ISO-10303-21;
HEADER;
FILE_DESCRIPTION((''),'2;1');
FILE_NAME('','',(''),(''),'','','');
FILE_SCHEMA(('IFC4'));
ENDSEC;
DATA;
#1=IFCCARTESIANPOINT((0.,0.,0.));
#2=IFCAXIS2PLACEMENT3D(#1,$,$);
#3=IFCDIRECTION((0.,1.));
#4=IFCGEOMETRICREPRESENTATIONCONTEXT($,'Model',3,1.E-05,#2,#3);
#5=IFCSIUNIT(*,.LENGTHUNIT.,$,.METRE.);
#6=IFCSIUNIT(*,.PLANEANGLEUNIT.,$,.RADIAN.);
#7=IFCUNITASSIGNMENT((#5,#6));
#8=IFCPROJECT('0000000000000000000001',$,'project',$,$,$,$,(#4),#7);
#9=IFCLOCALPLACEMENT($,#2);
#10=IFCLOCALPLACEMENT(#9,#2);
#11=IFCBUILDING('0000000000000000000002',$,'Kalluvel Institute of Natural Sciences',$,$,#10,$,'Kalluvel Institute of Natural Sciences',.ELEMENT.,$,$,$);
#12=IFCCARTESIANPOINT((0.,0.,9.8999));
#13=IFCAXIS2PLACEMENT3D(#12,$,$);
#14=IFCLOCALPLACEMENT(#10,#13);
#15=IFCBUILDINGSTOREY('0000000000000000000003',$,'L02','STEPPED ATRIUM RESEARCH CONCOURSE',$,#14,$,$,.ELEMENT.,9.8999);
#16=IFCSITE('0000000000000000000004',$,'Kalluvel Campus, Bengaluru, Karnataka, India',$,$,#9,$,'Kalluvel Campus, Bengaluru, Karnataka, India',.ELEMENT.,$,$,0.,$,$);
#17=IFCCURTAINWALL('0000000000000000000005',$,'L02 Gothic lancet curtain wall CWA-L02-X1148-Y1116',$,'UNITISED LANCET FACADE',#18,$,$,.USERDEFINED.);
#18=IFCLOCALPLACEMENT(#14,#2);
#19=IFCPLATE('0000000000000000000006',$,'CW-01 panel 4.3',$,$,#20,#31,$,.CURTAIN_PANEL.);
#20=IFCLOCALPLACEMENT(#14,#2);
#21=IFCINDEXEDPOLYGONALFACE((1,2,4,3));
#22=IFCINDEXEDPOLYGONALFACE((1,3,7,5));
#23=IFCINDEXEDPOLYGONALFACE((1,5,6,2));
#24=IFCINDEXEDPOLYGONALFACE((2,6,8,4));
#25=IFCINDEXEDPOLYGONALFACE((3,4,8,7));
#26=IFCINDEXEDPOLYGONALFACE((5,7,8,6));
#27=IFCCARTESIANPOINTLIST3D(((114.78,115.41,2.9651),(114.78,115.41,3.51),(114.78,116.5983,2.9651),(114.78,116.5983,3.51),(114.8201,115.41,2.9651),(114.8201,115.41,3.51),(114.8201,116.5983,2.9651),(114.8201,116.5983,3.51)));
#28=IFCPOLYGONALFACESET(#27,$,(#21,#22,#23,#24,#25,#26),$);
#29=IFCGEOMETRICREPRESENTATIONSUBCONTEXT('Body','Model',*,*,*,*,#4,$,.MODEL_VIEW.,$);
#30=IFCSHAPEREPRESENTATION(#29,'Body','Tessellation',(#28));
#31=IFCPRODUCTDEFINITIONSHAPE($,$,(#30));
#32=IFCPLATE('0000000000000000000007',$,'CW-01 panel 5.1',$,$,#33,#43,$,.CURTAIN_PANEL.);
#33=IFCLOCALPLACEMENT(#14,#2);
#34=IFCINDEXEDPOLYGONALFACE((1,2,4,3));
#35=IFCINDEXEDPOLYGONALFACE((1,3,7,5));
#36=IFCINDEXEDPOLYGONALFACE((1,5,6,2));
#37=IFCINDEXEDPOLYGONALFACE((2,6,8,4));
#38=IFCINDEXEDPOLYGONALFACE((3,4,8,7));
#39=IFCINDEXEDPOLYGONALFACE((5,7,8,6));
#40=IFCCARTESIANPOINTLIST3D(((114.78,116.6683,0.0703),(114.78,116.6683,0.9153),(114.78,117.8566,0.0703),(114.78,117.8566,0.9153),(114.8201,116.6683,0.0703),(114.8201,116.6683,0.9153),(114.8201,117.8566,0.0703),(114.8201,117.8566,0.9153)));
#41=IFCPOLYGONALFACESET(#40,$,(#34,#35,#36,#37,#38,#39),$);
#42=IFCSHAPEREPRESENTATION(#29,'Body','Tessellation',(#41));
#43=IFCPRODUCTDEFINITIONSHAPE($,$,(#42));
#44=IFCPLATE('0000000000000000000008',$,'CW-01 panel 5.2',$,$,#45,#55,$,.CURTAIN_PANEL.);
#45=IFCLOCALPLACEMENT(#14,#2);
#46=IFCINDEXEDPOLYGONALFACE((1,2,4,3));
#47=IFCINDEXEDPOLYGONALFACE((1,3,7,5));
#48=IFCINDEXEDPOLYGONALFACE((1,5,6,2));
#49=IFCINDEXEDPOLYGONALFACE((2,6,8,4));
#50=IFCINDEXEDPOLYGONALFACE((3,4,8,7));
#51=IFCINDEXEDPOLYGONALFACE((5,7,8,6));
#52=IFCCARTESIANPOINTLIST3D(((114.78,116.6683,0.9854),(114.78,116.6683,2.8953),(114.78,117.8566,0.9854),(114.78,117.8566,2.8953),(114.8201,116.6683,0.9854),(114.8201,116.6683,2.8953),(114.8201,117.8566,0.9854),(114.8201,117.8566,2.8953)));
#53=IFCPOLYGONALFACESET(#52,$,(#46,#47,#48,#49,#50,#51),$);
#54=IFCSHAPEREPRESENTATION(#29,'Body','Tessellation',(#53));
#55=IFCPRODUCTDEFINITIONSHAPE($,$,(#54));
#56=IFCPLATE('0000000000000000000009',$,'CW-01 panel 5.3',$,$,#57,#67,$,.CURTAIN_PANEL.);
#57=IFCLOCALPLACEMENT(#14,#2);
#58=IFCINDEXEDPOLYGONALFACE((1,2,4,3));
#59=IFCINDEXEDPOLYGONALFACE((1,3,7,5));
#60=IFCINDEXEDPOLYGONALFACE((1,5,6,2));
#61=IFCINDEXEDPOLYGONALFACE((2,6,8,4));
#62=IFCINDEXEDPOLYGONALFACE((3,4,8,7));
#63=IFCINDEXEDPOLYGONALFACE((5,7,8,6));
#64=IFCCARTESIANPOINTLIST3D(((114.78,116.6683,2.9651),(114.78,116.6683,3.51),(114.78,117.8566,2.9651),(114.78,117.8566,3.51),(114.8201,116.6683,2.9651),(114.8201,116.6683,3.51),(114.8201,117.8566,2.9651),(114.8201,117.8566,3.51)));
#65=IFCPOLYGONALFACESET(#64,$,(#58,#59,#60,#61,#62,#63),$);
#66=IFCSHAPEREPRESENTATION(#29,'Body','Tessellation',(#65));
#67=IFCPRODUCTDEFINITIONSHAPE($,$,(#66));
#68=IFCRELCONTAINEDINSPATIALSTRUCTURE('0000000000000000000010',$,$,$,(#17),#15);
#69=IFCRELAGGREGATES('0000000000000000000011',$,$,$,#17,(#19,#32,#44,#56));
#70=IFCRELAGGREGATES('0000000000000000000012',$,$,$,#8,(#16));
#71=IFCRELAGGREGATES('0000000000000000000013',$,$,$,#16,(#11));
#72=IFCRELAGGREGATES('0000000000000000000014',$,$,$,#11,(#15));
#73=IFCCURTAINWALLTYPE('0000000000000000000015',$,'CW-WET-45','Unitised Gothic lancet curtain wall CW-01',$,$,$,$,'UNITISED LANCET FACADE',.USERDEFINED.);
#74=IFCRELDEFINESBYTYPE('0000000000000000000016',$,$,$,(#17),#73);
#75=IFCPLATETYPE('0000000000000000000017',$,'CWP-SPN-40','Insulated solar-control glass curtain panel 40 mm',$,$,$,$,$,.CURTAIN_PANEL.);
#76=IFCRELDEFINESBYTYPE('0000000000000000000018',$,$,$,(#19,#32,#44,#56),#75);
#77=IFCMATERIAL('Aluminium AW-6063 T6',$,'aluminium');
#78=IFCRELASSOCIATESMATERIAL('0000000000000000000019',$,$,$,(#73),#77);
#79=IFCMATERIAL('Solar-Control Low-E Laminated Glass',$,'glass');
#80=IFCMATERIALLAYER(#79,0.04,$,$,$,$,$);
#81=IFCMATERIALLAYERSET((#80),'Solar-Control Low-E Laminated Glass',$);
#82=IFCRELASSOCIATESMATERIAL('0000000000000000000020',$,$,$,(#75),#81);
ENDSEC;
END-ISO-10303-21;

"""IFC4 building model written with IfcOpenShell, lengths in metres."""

from ifc_helpers import new_model, si_unit, direction, frame, origin, origin_2d, place, context, subcontext, project, spatial, rectangle, extrude, material, layer, layer_set, type_object, element, aggregate, save


model = new_model("IFC4")

# Units and contexts
model_context = context("Model", 3, precision=1e-05, world=origin(), true_north=direction((0.0, 1.0)))
body_context = subcontext(model_context, "Body", "Model", "MODEL_VIEW")
ifc_project = project(units=[si_unit("LENGTHUNIT", "METRE"), si_unit("PLANEANGLEUNIT", "RADIAN")], contexts=[model_context])

# Site, building, storey
site_placement = place(None, origin())
site = spatial("IfcSite", under=ifc_project, at=site_placement, Name="Kalluvel Campus, Bengaluru, Karnataka, India", LongName="Kalluvel Campus, Bengaluru, Karnataka, India", CompositionType="ELEMENT", RefElevation=0.0)
building_placement = place(site_placement, origin())
building = spatial("IfcBuilding", under=site, at=building_placement, Name="Kalluvel Institute of Natural Sciences", LongName="Kalluvel Institute of Natural Sciences", CompositionType="ELEMENT")
storey_placement = place(building_placement, frame((0.0, 0.0, 9.8999)))
storey = spatial("IfcBuildingStorey", under=building, at=storey_placement, Name="L02", Description="STEPPED ATRIUM RESEARCH CONCOURSE", CompositionType="ELEMENT", Elevation=9.8999)

# Shared definitions
ifc_material_1 = material(Name="Aluminium AW-6063 T6", Category="aluminium")
curtain_wall_type = type_object("IfcCurtainWallType", Name="CW-WET-45", Description="Unitised Gothic lancet curtain wall CW-01", ElementType="UNITISED LANCET FACADE", PredefinedType="USERDEFINED", material=ifc_material_1)

# Curtain wall
curtain_wall_1_placement = place(storey_placement, origin())
curtain_wall_1 = element("IfcCurtainWall", 1, at=curtain_wall_1_placement, inside=storey, type_object=curtain_wall_type, Name="L02 Gothic lancet curtain wall CWA-L02-X1148-Y1116", ObjectType="UNITISED LANCET FACADE", PredefinedType="USERDEFINED")

# Plates
ifc_material_2 = material(Name="Solar-Control Low-E Laminated Glass", Category="glass")
ifc_layer = layer(ifc_material_2, 0.04)
ifc_layer_set = layer_set([ifc_layer], Name="Solar-Control Low-E Laminated Glass")
plate_type = type_object("IfcPlateType", Name="CWP-SPN-40", Description="Insulated solar-control glass curtain panel 40 mm", PredefinedType="CURTAIN_PANEL", material=ifc_layer_set)
plate_1_placement = place(storey_placement, frame((114.8, 116.0042, 2.9651), z_axis=(0.0, 0.0, 1.0), x_axis=(0.0, 1.0, 0.0)))
plate_1 = element("IfcPlate", 2, at=plate_1_placement, type_object=plate_type, Name="CW-01 panel 4.3", PredefinedType="CURTAIN_PANEL", context=body_context, shape_type="SweptSolid", body=[
    extrude(rectangle(XDim=1.1882, YDim=0.04, at=origin_2d()), origin(), (0.0, 0.0, 1.0), 0.5449),
])
plate_2_placement = place(storey_placement, frame((114.8, 117.2625, 0.0703), z_axis=(0.0, 0.0, 1.0), x_axis=(0.0, 1.0, 0.0)))
plate_2 = element("IfcPlate", 3, at=plate_2_placement, type_object=plate_type, Name="CW-01 panel 5.1", PredefinedType="CURTAIN_PANEL", context=body_context, shape_type="SweptSolid", body=[
    extrude(rectangle(XDim=1.1882, YDim=0.04, at=origin_2d()), origin(), (0.0, 0.0, 1.0), 0.845),
])
plate_3_placement = place(storey_placement, frame((114.8, 117.2625, 0.9854), z_axis=(0.0, 0.0, 1.0), x_axis=(0.0, 1.0, 0.0)))
plate_3 = element("IfcPlate", 4, at=plate_3_placement, type_object=plate_type, Name="CW-01 panel 5.2", PredefinedType="CURTAIN_PANEL", context=body_context, shape_type="SweptSolid", body=[
    extrude(rectangle(XDim=1.1882, YDim=0.04, at=origin_2d()), origin(), (0.0, 0.0, 1.0), 1.9099),
])
plate_4_placement = place(storey_placement, frame((114.8, 117.2625, 2.9651), z_axis=(0.0, 0.0, 1.0), x_axis=(0.0, 1.0, 0.0)))
plate_4 = element("IfcPlate", 5, at=plate_4_placement, type_object=plate_type, Name="CW-01 panel 5.3", PredefinedType="CURTAIN_PANEL", context=body_context, shape_type="SweptSolid", body=[
    extrude(rectangle(XDim=1.1882, YDim=0.04, at=origin_2d()), origin(), (0.0, 0.0, 1.0), 0.5449),
])
aggregate(curtain_wall_1, [plate_1, plate_2, plate_3, plate_4])

save(model, "model.ifc")
